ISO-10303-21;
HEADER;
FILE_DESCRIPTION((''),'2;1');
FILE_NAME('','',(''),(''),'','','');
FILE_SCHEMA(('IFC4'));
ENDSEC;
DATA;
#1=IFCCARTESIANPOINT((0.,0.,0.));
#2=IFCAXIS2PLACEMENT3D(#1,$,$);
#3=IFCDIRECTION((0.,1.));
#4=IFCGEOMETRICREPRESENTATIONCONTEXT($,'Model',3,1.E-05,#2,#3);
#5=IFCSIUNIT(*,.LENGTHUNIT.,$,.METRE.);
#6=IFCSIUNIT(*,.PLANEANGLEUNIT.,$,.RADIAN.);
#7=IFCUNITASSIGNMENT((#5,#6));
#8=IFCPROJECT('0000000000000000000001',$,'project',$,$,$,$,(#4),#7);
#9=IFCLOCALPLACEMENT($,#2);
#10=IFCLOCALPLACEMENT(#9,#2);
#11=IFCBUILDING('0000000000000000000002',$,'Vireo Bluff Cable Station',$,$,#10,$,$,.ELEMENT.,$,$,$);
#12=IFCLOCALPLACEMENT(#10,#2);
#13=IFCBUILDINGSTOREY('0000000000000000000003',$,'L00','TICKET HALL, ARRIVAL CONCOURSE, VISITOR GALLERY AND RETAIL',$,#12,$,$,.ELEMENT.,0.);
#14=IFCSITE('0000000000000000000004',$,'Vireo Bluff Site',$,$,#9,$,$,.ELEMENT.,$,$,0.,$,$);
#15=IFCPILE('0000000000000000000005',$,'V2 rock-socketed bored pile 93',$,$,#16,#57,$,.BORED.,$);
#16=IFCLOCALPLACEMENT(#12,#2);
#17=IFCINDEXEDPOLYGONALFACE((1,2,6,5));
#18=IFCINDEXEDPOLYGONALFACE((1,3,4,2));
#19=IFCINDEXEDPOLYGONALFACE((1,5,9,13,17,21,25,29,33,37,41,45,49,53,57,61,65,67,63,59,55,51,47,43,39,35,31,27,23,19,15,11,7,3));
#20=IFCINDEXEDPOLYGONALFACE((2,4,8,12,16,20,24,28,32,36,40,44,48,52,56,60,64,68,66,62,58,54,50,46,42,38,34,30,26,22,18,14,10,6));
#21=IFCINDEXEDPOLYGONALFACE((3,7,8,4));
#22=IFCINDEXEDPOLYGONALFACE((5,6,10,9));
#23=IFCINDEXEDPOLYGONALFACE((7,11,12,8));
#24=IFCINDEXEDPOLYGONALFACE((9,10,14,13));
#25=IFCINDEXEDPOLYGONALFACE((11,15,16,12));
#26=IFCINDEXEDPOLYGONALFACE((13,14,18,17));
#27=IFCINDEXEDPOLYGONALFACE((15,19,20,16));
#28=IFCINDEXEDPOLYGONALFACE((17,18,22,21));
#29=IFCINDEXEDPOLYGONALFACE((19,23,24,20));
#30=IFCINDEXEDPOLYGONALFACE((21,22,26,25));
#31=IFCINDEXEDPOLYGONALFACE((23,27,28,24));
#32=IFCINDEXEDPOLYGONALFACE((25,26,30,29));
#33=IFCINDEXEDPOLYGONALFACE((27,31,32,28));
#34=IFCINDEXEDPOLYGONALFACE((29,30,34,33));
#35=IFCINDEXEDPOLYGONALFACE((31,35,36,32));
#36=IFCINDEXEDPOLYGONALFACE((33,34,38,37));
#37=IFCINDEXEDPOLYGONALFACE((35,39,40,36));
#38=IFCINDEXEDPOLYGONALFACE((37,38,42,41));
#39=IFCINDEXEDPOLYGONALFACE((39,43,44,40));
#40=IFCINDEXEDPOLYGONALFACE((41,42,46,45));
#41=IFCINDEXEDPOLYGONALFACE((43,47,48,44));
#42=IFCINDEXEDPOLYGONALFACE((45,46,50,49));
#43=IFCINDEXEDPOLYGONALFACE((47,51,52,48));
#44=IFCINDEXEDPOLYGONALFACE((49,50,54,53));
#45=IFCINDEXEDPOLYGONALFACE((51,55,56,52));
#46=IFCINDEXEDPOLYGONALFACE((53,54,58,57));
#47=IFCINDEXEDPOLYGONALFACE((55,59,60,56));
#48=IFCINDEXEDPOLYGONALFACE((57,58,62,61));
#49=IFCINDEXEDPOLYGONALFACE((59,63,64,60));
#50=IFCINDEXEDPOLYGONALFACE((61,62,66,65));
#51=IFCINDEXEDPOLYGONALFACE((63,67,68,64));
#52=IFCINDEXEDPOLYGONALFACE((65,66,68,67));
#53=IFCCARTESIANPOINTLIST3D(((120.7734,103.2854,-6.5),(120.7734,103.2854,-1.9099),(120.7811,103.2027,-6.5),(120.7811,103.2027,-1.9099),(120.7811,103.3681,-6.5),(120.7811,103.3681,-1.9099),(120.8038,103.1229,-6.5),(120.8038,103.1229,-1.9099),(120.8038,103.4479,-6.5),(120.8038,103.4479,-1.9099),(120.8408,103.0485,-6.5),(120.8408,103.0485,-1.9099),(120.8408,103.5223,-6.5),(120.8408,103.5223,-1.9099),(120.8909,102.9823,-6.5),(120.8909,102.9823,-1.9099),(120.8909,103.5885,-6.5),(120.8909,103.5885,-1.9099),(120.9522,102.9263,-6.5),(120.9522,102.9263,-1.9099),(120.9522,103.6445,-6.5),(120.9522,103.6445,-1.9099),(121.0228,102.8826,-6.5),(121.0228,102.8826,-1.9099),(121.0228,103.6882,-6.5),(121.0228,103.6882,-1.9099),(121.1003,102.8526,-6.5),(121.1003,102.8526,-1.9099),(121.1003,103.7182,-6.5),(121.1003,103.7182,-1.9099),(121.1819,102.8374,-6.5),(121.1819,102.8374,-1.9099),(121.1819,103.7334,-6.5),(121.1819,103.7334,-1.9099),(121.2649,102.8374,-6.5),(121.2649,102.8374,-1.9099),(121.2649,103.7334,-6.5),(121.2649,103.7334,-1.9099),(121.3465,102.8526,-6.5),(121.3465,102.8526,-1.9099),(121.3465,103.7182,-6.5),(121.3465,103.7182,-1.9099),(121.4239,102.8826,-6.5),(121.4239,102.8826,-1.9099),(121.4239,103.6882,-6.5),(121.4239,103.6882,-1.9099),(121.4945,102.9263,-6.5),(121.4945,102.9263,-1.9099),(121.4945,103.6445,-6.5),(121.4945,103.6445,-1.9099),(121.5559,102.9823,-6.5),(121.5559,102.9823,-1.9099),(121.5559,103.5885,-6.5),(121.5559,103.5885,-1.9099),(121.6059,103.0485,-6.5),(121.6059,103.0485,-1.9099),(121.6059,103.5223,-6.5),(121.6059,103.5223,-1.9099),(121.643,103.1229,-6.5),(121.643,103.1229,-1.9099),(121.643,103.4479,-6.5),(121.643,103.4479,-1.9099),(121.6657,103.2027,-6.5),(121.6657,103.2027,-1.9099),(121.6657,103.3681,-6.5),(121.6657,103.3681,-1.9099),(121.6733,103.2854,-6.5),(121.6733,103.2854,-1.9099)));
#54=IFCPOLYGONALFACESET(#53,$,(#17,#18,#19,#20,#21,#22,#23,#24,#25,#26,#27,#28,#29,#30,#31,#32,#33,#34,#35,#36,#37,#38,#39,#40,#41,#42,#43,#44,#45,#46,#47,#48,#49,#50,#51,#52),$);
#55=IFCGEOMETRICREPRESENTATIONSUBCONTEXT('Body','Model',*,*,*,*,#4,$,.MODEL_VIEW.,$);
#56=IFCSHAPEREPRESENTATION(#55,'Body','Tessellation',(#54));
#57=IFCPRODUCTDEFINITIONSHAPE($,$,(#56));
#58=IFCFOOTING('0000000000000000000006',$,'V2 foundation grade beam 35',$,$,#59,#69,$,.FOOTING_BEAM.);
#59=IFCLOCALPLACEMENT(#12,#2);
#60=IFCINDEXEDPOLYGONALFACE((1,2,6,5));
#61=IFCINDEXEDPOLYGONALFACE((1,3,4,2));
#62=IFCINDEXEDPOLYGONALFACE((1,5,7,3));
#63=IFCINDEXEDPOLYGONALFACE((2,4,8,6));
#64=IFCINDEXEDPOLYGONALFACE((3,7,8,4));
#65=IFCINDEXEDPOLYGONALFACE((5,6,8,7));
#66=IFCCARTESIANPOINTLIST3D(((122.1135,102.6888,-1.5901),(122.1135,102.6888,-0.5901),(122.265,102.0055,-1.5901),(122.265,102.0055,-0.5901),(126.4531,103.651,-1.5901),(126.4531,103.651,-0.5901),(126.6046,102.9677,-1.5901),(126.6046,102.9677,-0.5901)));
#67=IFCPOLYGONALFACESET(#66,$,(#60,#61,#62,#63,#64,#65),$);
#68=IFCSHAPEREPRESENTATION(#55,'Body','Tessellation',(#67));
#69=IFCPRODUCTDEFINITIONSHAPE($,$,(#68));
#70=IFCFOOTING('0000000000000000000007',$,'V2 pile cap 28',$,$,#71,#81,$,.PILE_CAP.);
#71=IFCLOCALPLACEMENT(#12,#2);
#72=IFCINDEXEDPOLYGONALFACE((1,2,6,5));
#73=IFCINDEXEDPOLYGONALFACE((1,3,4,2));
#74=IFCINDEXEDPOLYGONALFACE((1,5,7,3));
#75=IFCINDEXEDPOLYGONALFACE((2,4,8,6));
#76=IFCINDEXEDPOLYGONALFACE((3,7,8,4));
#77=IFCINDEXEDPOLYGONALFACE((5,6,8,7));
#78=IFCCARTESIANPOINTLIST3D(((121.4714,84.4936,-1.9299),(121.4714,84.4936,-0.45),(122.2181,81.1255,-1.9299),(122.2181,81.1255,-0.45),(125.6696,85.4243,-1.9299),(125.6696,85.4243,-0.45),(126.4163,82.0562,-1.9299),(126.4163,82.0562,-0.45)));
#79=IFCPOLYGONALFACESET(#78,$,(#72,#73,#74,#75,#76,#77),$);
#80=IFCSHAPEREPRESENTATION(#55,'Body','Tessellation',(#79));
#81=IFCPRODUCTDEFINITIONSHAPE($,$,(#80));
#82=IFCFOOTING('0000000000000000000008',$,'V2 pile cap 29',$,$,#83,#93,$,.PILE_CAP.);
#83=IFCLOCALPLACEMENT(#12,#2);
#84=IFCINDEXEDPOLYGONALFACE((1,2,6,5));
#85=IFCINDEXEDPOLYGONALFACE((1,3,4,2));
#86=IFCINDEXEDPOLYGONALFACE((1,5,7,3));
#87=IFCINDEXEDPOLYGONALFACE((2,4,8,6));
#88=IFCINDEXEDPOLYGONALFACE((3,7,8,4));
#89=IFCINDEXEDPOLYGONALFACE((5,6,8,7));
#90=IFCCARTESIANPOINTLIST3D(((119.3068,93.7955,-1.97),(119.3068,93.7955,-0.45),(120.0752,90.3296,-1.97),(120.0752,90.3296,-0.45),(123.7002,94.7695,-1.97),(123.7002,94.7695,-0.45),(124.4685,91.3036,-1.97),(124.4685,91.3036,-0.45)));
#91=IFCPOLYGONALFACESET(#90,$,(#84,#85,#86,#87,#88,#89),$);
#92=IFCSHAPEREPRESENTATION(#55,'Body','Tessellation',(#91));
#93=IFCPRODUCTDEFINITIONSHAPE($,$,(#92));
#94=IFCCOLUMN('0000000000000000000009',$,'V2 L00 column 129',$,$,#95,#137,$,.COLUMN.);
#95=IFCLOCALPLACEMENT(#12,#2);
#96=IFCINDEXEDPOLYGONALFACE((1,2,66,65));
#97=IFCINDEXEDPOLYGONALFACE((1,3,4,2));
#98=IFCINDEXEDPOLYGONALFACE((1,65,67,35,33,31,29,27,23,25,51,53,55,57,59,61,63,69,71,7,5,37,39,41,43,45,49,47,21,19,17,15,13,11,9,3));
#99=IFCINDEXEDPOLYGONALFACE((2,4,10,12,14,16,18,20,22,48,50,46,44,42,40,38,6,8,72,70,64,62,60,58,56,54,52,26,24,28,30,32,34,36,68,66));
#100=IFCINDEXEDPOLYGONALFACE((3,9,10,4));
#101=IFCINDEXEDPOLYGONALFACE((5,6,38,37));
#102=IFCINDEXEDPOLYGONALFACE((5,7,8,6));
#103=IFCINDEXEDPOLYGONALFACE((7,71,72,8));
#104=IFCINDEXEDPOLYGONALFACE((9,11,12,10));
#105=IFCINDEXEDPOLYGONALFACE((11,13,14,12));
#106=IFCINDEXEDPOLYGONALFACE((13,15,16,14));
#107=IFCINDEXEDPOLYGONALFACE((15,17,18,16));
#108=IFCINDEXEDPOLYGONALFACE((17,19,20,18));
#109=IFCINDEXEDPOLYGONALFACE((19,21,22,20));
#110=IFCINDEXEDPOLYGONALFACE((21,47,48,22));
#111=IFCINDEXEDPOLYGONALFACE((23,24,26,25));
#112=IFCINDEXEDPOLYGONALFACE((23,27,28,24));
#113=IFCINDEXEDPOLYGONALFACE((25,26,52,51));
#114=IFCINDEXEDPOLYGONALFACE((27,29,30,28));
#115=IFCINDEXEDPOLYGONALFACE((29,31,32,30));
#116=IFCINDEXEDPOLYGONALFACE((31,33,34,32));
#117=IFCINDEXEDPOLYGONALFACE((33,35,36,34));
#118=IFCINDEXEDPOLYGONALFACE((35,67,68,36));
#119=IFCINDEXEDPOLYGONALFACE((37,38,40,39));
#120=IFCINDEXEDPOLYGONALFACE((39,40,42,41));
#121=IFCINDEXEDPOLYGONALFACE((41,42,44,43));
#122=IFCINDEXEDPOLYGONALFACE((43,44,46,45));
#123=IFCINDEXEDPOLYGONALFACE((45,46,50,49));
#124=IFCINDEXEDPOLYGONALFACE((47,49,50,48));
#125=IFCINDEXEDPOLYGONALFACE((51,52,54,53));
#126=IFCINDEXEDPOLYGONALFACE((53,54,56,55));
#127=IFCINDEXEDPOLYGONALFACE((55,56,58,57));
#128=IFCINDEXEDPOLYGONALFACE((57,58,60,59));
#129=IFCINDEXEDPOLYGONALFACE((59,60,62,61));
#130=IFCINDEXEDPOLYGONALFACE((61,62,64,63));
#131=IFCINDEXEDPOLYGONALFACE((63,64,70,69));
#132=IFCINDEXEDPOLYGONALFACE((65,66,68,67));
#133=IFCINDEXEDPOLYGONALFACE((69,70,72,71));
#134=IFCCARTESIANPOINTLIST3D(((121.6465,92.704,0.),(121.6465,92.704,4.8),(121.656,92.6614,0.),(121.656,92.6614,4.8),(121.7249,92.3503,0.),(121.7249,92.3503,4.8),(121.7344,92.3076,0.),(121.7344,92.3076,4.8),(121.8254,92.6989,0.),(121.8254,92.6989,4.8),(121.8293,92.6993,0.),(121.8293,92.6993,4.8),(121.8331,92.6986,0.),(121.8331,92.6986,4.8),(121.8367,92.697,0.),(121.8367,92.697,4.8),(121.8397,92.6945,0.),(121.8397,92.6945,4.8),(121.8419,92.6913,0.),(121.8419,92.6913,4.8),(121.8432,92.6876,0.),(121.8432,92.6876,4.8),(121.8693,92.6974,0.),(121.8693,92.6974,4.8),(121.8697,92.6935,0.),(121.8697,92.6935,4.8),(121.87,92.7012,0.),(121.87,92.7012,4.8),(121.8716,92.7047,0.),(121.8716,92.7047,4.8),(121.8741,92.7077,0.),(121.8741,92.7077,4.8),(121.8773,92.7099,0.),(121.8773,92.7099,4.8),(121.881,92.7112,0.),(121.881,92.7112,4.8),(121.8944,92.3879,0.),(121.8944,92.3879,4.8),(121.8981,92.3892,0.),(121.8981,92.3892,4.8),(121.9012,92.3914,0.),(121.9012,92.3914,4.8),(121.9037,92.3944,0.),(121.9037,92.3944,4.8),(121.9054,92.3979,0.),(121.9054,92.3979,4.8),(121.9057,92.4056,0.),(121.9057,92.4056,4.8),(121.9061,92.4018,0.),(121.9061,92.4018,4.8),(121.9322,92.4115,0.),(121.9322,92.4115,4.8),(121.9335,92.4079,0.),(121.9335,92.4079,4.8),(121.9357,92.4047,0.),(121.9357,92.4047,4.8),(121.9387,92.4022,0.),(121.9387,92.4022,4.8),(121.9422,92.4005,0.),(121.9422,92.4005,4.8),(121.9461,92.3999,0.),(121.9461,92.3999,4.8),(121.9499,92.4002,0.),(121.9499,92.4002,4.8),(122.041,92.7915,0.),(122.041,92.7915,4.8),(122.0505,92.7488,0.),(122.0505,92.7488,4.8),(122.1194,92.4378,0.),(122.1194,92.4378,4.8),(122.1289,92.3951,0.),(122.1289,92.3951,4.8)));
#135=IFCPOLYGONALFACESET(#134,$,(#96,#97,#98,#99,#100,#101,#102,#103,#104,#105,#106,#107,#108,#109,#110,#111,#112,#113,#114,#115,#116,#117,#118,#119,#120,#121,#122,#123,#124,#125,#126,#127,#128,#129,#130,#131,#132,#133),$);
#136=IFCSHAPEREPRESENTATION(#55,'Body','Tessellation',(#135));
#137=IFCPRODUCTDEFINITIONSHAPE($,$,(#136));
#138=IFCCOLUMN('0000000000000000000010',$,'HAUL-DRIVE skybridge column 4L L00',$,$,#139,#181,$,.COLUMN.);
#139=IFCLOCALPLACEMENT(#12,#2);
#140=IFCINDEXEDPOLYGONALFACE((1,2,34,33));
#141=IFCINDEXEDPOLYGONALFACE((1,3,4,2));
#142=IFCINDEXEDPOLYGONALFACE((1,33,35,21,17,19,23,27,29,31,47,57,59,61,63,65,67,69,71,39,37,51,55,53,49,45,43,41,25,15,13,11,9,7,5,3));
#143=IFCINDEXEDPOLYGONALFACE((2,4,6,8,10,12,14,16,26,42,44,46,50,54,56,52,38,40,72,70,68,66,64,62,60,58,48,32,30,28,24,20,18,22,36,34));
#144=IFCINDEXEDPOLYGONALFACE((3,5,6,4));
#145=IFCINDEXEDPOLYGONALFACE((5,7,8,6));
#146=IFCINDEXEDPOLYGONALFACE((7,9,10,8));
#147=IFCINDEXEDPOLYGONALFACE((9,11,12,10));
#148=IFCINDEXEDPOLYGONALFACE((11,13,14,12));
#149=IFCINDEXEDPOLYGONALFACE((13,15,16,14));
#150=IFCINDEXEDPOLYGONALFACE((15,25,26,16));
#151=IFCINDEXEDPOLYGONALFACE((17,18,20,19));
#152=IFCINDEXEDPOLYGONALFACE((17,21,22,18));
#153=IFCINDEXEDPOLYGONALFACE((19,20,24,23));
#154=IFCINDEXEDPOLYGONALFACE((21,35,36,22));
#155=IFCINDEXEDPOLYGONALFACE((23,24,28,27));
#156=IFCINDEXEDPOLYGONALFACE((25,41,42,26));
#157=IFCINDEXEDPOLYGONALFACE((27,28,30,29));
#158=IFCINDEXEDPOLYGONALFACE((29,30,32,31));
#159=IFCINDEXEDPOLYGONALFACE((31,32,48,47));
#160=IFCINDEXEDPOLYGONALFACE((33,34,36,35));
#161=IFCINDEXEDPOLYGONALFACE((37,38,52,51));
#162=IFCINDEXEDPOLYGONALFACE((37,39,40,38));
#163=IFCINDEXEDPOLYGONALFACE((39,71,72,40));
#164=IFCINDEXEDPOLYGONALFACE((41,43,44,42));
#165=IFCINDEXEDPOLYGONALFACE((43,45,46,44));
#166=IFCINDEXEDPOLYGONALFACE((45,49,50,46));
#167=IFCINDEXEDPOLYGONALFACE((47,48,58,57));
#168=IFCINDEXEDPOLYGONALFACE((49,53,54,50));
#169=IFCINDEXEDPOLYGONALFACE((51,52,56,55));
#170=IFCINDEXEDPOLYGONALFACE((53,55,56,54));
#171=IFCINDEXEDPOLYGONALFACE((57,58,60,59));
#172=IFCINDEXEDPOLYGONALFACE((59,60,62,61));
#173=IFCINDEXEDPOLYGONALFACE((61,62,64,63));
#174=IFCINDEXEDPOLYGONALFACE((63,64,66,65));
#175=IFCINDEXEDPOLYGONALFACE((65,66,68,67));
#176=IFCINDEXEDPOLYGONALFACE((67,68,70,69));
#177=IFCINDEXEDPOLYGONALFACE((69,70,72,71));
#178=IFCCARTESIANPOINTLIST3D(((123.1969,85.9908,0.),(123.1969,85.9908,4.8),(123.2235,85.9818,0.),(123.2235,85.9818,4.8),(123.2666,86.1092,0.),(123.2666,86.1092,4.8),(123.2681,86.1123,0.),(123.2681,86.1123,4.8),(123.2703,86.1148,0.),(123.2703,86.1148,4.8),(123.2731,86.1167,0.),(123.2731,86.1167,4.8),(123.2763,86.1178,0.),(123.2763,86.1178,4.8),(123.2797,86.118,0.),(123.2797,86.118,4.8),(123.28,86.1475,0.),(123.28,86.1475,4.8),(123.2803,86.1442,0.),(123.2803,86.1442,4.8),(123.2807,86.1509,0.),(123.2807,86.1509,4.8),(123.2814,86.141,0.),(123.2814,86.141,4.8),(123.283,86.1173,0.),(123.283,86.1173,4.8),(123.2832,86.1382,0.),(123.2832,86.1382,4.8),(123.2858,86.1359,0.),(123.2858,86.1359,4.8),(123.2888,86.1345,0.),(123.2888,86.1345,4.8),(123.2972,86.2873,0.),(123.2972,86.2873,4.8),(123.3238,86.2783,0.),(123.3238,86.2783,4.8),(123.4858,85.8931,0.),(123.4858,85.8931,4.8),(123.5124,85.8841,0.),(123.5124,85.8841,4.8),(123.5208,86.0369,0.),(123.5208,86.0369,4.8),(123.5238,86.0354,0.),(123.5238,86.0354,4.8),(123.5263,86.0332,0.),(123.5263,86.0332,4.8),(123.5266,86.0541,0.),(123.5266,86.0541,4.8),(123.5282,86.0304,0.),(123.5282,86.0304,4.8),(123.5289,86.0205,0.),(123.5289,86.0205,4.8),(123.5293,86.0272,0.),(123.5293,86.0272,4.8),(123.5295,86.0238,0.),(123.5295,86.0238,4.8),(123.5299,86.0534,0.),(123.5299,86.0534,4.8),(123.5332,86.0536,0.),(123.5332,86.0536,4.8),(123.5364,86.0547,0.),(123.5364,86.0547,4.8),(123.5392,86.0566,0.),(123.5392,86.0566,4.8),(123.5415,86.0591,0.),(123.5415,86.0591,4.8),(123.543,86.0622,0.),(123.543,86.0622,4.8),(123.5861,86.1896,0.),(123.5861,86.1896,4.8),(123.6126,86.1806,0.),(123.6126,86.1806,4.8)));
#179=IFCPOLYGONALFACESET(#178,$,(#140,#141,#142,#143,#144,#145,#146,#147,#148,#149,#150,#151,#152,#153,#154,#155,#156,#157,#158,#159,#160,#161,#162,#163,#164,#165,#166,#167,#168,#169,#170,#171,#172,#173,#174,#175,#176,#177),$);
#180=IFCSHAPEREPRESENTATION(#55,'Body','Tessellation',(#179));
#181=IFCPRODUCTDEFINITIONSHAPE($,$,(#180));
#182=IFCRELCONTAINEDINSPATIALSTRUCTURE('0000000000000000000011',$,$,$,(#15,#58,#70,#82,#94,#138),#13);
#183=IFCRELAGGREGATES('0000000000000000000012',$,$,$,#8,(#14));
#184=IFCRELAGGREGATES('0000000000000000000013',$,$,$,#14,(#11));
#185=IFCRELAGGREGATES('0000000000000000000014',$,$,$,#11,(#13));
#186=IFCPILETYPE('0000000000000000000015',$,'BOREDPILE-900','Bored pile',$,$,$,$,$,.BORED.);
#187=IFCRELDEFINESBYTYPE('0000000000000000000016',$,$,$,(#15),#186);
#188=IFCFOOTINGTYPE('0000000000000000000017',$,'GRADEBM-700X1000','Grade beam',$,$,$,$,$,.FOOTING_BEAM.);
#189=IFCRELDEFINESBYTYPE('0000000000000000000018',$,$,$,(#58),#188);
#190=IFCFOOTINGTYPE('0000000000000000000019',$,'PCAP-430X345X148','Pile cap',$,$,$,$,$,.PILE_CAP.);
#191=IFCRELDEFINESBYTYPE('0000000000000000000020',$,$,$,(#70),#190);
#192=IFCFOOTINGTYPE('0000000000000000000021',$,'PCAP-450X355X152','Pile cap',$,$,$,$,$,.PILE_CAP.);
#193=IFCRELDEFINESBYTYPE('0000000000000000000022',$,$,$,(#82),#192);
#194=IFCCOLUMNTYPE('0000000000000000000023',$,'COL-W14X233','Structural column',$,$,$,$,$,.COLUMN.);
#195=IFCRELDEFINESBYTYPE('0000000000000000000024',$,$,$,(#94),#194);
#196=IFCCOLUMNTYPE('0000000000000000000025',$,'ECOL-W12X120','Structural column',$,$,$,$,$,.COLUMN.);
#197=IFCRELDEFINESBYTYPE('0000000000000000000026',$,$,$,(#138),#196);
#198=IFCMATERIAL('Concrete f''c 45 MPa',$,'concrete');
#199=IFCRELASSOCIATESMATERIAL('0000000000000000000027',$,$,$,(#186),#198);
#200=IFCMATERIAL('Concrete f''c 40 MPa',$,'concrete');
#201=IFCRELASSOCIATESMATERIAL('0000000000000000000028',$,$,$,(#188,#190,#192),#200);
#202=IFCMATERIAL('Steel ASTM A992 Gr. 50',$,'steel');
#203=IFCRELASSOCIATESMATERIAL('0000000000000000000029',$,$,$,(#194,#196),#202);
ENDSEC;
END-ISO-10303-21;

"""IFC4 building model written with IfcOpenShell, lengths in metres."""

from ifc_helpers import new_model, si_unit, direction, frame, origin, origin_2d, place, context, subcontext, project, spatial, rectangle, circle, i_section, extrude, material, material_profile, profile_set, type_object, element, save


model = new_model("IFC4")

# Units and contexts
model_context = context("Model", 3, precision=1e-05, world=origin(), true_north=direction((0.0, 1.0)))
body_context = subcontext(model_context, "Body", "Model", "MODEL_VIEW")
ifc_project = project(units=[si_unit("LENGTHUNIT", "METRE"), si_unit("PLANEANGLEUNIT", "RADIAN")], contexts=[model_context])

# Site, building, storey
site_placement = place(None, origin())
site = spatial("IfcSite", under=ifc_project, at=site_placement, Name="Vireo Bluff Site", CompositionType="ELEMENT", RefElevation=0.0)
building_placement = place(site_placement, origin())
building = spatial("IfcBuilding", under=site, at=building_placement, Name="Vireo Bluff Cable Station", CompositionType="ELEMENT")
storey_placement = place(building_placement, origin())
storey = spatial("IfcBuildingStorey", under=building, at=storey_placement, Name="L00", Description="TICKET HALL, ARRIVAL CONCOURSE, VISITOR GALLERY AND RETAIL", CompositionType="ELEMENT", Elevation=0.0)

# Pile
ifc_material_1 = material(Name="Concrete f'c 45 MPa", Category="concrete")
ifc_material_profile_1 = material_profile(ifc_material_1, circle(Radius=0.45, at=origin_2d()), Name="BOREDPILE-900")
ifc_profile_set_1 = profile_set([ifc_material_profile_1], Name="Concrete f'c 45 MPa")
pile_type_1 = type_object("IfcPileType", Name="BOREDPILE-900", Description="Bored pile", PredefinedType="BORED", material=ifc_profile_set_1)
for number, where, z_axis, x_axis, name in (
    (1, (121.2234, 103.2854, -1.9099), (0.0, 0.0, -1.0), (1.0, 0.0, 0.0), "V2 rock-socketed bored pile 93"),
):
    element("IfcPile", number, at=place(storey_placement, frame(where, z_axis=z_axis, x_axis=x_axis)), inside=storey, type_object=pile_type_1, Name=name, PredefinedType="BORED", context=body_context, shape_type="SweptSolid", body=[
        extrude(circle(Radius=0.45, at=origin_2d()), origin(), (0.0, 0.0, 1.0), 4.5901),
    ])

# Footings
ifc_material_2 = material(Name="Concrete f'c 40 MPa", Category="concrete")
ifc_material_profile_2 = material_profile(ifc_material_2, rectangle(XDim=0.7, YDim=1.0, at=origin_2d()), Name="GRADEBM-700X1000")
ifc_profile_set_2 = profile_set([ifc_material_profile_2], Name="Concrete f'c 40 MPa")
footing_type_1 = type_object("IfcFootingType", Name="GRADEBM-700X1000", Description="Grade beam", PredefinedType="FOOTING_BEAM", material=ifc_profile_set_2)
footing_1_placement = place(storey_placement, frame((122.1892, 102.3472, -1.0901), z_axis=(0.976292, 0.216459, 0.0), x_axis=(-0.216459, 0.976292, 0.0)))
element("IfcFooting", 2, at=footing_1_placement, inside=storey, type_object=footing_type_1, Name="V2 foundation grade beam 35", PredefinedType="FOOTING_BEAM", context=body_context, shape_type="SweptSolid", body=[
    extrude(rectangle(XDim=0.7, YDim=1.0, at=origin_2d()), origin(), (0.0, 0.0, 1.0), 4.4451),
])
footing_type_2 = type_object("IfcFootingType", Name="PCAP-430X345X148", Description="Pile cap", PredefinedType="PILE_CAP", material=ifc_material_2)
footing_2_placement = place(storey_placement, frame((123.9438, 83.2749, -1.9299), z_axis=(0.0, 0.0, 1.0), x_axis=(0.976296, 0.21644, 0.0)))
element("IfcFooting", 3, at=footing_2_placement, inside=storey, type_object=footing_type_2, Name="V2 pile cap 28", PredefinedType="PILE_CAP", context=body_context, shape_type="SweptSolid", body=[
    extrude(rectangle(XDim=4.3, YDim=3.45, at=origin_2d()), origin(), (0.0, 0.0, 1.0), 1.48),
])
footing_type_3 = type_object("IfcFootingType", Name="PCAP-450X355X152", Description="Pile cap", PredefinedType="PILE_CAP", material=ifc_material_2)
footing_3_placement = place(storey_placement, frame((121.8877, 92.5496, -1.97), z_axis=(0.0, 0.0, 1.0), x_axis=(0.976296, 0.21644, 0.0)))
element("IfcFooting", 4, at=footing_3_placement, inside=storey, type_object=footing_type_3, Name="V2 pile cap 29", PredefinedType="PILE_CAP", context=body_context, shape_type="SweptSolid", body=[
    extrude(rectangle(XDim=4.5, YDim=3.55, at=origin_2d()), origin(), (0.0, 0.0, 1.0), 1.52),
])

# Columns
ifc_material_3 = material(Name="Steel ASTM A992 Gr. 50", Category="steel")
ifc_material_profile_3 = material_profile(ifc_material_3, i_section(OverallWidth=0.4041, OverallDepth=0.406, WebThickness=0.0271, FlangeThickness=0.0437, FilletRadius=0.0149, at=origin_2d()), Name="W14X233")
ifc_profile_set_3 = profile_set([ifc_material_profile_3], Name="Steel ASTM A992 Gr. 50")
column_type_1 = type_object("IfcColumnType", Name="COL-W14X233", Description="Structural column", PredefinedType="COLUMN", material=ifc_profile_set_3)
column_1_placement = place(storey_placement, frame((121.8877, 92.5496, 0.0), z_axis=(0.0, 0.0, 1.0), x_axis=(0.976296, 0.21644, 0.0)))
element("IfcColumn", 5, at=column_1_placement, inside=storey, type_object=column_type_1, Name="V2 L00 column 129", PredefinedType="COLUMN", context=body_context, shape_type="SweptSolid", body=[
    extrude(i_section(OverallWidth=0.4041, OverallDepth=0.406, WebThickness=0.0271, FlangeThickness=0.0437, FilletRadius=0.0149, at=origin_2d()), origin(), (0.0, 0.0, 1.0), 4.8),
])
ifc_material_profile_4 = material_profile(ifc_material_3, i_section(OverallWidth=0.313, OverallDepth=0.333, WebThickness=0.0181, FlangeThickness=0.0281, FilletRadius=0.0129, at=origin_2d()), Name="W12X120")
ifc_profile_set_4 = profile_set([ifc_material_profile_4], Name="Steel ASTM A992 Gr. 50")
column_type_2 = type_object("IfcColumnType", Name="ECOL-W12X120", Description="Structural column", PredefinedType="COLUMN", material=ifc_profile_set_4)
column_2_placement = place(storey_placement, frame((123.4048, 86.0857, 0.0), z_axis=(0.0, 0.0, 1.0), x_axis=(0.320352, 0.947299, 0.0)))
element("IfcColumn", 6, at=column_2_placement, inside=storey, type_object=column_type_2, Name="HAUL-DRIVE skybridge column 4L L00", PredefinedType="COLUMN", context=body_context, shape_type="SweptSolid", body=[
    extrude(i_section(OverallWidth=0.313, OverallDepth=0.333, WebThickness=0.0181, FlangeThickness=0.0281, FilletRadius=0.0129, at=origin_2d()), origin(), (0.0, 0.0, 1.0), 4.8),
])

save(model, "model.ifc")
